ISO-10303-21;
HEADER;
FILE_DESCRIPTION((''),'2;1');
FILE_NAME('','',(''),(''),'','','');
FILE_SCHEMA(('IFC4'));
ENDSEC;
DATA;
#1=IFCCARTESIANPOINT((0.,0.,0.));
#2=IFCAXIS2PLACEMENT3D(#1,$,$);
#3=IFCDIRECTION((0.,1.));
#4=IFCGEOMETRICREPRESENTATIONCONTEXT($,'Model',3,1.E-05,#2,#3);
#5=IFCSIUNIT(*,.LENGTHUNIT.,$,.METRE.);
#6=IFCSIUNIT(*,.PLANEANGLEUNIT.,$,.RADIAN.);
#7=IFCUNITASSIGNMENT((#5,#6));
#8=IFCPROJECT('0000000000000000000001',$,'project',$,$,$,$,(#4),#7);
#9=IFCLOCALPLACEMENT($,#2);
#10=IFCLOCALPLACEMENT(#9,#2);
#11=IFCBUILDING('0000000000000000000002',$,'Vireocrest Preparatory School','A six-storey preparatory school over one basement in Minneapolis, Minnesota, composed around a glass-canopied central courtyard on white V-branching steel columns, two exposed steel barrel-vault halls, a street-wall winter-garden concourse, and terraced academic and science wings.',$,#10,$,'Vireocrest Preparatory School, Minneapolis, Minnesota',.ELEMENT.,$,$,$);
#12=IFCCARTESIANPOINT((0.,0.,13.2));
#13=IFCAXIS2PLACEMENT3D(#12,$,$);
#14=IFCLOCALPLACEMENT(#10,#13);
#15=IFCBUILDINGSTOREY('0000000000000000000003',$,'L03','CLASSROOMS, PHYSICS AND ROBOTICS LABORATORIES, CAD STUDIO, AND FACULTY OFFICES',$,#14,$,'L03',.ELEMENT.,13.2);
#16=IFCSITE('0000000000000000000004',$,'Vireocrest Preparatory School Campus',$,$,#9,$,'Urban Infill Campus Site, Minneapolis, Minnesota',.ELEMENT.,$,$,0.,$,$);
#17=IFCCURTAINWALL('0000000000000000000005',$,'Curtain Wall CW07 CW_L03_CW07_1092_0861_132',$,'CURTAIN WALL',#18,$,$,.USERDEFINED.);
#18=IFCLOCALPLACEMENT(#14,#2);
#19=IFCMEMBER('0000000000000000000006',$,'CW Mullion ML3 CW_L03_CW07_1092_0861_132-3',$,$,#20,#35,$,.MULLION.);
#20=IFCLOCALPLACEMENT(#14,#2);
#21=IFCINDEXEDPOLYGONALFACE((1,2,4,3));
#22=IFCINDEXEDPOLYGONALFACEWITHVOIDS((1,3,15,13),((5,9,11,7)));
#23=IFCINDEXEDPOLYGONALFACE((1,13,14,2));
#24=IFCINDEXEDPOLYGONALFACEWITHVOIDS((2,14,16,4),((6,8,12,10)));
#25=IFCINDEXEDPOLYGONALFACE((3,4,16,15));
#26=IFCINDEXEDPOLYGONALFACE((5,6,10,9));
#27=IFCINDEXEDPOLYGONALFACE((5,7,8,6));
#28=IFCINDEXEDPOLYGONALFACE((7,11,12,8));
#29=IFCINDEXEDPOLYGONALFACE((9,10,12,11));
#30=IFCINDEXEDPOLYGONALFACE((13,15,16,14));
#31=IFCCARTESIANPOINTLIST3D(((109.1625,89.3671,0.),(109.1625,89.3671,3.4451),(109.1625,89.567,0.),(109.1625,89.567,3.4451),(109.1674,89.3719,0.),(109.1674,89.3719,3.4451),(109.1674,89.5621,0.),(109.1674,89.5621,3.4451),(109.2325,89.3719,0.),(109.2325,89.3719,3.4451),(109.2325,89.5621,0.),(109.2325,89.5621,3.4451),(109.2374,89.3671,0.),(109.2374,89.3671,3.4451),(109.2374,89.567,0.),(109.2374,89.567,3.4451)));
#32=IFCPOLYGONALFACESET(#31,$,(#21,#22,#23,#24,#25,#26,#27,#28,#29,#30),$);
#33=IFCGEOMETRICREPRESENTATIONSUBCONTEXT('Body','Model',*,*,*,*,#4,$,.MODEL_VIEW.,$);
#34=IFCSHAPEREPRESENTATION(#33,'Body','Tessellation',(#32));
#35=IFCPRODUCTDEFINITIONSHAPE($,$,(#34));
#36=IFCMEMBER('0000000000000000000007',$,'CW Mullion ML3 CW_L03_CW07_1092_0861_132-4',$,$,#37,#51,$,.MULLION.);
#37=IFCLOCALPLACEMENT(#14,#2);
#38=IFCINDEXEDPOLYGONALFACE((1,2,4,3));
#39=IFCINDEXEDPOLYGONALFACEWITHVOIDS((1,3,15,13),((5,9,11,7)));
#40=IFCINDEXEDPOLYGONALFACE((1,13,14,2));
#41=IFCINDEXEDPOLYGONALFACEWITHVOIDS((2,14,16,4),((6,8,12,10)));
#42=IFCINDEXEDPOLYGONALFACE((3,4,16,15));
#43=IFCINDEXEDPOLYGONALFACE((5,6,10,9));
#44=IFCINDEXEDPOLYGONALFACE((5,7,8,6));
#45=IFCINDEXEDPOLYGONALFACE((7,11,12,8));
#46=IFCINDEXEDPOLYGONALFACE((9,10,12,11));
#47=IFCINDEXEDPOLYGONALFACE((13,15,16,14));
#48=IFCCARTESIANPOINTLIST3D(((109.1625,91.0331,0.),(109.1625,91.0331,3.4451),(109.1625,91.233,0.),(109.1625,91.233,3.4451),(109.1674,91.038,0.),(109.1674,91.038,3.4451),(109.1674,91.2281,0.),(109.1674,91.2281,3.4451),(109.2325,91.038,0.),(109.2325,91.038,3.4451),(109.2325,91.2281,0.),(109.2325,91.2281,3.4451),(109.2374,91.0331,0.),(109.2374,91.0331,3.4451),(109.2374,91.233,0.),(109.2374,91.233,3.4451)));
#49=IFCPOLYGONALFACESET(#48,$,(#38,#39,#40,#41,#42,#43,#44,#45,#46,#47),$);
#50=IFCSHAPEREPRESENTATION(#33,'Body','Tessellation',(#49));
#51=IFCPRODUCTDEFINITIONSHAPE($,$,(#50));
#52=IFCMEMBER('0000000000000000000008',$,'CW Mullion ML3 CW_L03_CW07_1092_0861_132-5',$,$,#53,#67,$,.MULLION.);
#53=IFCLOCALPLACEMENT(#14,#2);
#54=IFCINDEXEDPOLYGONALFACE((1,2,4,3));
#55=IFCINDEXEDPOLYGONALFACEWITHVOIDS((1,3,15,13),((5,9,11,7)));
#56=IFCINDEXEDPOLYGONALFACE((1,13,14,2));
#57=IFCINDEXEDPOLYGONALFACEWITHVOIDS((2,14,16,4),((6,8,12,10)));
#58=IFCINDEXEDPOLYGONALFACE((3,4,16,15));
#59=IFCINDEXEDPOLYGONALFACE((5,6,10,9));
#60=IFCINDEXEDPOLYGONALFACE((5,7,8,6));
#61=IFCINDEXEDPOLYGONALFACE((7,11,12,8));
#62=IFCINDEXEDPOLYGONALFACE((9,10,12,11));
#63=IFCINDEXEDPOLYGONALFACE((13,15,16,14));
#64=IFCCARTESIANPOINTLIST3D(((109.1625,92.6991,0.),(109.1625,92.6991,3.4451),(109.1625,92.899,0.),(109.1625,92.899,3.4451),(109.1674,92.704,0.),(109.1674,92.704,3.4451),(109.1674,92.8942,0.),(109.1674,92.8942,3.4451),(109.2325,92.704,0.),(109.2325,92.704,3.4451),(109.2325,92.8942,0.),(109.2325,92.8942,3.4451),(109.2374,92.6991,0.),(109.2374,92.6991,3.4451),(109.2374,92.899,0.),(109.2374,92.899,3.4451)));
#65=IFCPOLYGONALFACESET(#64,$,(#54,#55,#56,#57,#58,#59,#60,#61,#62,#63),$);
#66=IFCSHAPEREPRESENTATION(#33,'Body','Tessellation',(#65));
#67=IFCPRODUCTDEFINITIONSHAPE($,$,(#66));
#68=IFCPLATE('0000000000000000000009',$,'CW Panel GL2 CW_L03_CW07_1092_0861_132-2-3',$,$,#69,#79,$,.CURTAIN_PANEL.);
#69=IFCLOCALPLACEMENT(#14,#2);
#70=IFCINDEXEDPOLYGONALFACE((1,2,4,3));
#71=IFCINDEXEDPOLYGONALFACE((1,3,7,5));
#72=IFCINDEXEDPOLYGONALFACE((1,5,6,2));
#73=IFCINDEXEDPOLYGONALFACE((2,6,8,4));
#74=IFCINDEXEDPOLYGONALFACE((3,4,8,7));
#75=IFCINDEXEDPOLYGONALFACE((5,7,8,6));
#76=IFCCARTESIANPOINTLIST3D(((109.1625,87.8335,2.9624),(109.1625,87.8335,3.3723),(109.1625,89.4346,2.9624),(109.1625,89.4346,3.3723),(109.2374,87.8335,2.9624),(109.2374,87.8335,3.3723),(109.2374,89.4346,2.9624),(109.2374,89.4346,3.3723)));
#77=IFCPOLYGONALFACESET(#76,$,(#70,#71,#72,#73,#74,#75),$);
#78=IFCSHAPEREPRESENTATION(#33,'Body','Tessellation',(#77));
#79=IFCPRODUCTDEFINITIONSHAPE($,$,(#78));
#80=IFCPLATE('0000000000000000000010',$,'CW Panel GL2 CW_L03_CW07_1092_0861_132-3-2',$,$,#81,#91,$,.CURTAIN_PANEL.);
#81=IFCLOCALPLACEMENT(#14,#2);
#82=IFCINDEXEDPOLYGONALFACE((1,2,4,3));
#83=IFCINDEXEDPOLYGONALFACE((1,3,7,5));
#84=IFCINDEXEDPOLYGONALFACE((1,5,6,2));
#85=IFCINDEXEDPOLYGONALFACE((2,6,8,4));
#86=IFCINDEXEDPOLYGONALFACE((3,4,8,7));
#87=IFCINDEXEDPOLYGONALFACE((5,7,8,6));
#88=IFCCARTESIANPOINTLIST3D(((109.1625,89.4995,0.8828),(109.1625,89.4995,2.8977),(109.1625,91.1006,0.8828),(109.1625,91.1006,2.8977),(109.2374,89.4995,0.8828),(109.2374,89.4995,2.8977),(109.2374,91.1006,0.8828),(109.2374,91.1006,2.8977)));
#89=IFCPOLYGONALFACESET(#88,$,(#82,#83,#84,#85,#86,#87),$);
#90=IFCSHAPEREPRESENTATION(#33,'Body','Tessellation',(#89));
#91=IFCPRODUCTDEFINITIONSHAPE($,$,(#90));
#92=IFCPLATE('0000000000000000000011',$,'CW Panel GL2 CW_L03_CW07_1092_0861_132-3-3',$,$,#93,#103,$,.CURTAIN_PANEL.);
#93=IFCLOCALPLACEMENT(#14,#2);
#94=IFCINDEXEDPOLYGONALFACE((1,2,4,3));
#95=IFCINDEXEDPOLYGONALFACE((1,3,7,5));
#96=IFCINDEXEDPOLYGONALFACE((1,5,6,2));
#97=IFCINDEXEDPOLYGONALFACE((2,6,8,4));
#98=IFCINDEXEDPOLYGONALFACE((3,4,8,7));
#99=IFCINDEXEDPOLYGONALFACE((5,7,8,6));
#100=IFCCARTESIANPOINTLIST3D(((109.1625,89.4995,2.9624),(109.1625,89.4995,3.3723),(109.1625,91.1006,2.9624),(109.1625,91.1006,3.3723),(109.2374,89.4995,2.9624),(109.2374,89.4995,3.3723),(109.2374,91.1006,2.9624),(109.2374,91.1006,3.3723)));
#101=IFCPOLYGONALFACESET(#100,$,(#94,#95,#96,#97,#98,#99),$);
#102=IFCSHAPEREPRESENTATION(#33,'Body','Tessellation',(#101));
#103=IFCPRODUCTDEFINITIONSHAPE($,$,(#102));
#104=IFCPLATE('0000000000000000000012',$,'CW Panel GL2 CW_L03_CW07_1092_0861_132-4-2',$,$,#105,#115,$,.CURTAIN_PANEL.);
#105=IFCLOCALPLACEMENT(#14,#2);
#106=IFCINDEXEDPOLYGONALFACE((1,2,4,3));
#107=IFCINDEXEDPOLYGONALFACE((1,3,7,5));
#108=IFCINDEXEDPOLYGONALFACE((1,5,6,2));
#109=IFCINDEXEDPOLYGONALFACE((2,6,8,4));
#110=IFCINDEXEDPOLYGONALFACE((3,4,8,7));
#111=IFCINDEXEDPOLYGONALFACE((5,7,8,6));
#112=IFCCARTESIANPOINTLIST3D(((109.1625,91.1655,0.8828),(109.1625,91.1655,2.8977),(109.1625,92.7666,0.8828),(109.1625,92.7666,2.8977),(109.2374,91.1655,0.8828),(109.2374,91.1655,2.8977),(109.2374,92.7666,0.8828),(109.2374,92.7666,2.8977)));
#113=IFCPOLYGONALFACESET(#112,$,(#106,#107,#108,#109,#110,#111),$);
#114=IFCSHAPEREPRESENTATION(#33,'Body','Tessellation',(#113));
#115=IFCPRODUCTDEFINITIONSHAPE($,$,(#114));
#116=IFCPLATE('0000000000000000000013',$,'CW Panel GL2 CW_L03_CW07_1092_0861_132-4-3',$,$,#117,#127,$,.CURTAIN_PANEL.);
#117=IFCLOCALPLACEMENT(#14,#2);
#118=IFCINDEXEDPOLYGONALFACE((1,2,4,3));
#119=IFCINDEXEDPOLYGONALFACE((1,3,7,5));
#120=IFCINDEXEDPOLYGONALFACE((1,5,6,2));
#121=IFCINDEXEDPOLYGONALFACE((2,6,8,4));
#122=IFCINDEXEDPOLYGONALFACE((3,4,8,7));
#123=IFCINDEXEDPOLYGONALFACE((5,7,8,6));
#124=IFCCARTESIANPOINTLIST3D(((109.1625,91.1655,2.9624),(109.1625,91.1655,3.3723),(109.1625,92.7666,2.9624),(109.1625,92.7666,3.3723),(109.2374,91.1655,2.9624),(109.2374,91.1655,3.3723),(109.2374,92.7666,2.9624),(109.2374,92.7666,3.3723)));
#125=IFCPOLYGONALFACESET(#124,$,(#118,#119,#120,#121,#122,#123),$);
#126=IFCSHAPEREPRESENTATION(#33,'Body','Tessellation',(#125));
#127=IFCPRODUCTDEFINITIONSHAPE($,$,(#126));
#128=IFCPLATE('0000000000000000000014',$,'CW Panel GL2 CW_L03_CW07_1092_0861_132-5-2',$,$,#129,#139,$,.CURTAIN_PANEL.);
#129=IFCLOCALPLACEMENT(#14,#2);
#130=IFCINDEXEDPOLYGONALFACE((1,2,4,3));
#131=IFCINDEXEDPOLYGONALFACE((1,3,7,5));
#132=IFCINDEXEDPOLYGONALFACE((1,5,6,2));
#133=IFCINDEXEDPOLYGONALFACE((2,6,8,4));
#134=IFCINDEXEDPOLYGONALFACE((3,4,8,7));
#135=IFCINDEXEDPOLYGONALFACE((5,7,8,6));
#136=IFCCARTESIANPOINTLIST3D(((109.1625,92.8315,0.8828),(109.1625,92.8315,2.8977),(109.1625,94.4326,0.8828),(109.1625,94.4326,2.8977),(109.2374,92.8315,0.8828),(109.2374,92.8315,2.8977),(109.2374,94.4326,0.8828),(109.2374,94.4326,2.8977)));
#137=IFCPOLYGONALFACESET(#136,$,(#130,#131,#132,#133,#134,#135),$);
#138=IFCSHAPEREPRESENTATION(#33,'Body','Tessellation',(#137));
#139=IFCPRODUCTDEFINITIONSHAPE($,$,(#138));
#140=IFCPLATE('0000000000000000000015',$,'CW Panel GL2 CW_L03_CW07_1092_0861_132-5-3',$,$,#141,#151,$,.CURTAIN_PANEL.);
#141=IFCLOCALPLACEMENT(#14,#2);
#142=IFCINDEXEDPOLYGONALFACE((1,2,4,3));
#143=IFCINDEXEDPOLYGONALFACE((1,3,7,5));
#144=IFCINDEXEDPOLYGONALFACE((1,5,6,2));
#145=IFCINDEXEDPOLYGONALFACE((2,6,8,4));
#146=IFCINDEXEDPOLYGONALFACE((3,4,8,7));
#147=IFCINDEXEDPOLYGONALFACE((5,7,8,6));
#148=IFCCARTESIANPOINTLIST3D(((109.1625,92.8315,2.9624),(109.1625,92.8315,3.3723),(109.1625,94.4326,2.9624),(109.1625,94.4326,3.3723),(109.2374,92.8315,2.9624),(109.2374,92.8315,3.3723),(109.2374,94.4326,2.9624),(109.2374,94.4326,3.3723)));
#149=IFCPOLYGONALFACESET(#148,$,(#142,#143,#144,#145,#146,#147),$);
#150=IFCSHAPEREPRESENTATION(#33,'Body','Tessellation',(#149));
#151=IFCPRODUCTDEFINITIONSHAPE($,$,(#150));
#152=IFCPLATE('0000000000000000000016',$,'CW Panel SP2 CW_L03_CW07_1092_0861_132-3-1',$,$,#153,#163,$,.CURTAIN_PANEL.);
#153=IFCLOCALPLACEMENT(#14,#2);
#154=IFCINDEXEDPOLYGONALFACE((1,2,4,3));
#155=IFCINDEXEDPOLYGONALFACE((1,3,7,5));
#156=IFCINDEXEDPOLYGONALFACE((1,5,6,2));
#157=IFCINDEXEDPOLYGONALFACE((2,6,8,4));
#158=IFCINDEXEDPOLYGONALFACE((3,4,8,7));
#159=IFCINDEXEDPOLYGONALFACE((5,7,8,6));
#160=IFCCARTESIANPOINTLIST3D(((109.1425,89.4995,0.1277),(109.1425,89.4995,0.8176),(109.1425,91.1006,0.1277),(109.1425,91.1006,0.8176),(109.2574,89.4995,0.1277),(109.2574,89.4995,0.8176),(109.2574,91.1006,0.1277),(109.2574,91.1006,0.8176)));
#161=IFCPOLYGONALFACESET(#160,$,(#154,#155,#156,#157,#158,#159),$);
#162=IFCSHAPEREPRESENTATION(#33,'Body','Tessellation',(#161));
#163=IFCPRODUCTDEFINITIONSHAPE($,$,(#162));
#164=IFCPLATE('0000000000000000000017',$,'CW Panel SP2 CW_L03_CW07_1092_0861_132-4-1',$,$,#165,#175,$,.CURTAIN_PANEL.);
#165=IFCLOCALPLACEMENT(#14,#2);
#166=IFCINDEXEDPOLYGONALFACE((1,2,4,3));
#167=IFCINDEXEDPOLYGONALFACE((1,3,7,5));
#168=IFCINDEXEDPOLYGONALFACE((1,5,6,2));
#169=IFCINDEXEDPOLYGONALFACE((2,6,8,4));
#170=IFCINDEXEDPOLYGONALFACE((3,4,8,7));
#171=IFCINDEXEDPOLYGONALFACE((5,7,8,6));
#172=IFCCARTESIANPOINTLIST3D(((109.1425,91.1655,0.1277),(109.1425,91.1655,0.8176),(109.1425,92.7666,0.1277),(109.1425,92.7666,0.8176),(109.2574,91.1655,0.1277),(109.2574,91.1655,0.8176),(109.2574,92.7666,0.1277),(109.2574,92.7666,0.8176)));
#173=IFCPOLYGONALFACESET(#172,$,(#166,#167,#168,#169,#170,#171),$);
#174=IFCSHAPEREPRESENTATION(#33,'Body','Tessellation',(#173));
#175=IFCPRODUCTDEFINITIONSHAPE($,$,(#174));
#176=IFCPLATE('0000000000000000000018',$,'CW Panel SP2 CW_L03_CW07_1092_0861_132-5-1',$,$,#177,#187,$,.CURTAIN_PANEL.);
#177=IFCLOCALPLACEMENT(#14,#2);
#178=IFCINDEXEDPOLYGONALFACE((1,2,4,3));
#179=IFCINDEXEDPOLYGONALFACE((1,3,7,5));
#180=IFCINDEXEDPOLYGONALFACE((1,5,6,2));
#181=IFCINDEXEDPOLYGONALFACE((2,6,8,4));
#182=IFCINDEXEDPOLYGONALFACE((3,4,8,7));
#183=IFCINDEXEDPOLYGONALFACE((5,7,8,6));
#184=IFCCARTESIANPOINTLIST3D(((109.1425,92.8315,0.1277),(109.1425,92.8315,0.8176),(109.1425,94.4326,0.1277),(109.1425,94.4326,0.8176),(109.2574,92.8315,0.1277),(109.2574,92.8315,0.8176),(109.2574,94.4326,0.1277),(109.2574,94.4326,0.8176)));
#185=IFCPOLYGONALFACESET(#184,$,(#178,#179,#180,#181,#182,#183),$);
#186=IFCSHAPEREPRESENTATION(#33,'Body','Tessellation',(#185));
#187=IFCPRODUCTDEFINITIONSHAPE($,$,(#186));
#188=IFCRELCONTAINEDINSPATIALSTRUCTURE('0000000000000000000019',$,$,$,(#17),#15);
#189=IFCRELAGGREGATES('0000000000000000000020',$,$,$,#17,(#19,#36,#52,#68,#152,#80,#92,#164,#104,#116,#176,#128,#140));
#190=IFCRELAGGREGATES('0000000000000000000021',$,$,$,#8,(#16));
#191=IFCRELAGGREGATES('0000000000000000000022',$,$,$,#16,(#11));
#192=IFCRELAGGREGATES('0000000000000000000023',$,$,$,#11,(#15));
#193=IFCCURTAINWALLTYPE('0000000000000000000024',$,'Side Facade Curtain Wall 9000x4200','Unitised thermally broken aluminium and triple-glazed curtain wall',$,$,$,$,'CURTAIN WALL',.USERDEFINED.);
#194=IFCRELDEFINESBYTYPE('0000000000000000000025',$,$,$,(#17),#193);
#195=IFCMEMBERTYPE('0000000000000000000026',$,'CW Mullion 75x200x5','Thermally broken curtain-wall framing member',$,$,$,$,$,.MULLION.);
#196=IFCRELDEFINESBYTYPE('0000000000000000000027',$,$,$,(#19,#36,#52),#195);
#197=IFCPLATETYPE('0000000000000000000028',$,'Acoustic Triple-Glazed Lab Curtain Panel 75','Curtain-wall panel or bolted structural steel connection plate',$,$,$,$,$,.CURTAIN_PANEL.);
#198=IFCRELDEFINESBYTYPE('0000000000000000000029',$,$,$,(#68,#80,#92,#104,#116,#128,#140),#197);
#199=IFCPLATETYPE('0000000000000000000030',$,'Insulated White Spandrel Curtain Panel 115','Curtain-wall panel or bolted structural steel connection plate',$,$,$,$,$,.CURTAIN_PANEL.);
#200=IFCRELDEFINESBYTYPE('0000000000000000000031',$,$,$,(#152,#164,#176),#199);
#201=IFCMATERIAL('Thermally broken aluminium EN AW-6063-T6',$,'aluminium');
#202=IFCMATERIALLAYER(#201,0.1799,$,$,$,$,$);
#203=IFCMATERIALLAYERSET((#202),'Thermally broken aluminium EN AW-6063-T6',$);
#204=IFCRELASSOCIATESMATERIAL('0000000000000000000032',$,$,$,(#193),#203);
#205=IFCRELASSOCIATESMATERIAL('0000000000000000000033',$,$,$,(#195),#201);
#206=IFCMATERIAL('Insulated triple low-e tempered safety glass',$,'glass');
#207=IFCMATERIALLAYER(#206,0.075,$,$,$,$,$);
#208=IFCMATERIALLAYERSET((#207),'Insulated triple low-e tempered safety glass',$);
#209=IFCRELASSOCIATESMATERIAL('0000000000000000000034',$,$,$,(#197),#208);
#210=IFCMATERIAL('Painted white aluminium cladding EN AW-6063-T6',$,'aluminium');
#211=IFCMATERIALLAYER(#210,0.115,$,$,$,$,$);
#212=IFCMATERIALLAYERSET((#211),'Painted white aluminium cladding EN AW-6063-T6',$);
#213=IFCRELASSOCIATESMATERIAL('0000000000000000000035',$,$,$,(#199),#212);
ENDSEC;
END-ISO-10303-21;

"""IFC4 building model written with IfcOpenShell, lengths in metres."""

from ifc_helpers import new_model, si_unit, direction, frame, origin, origin_2d, place, context, subcontext, project, spatial, rectangle, hollow_rectangle, extrude, material, layer, layer_set, material_profile, profile_set, type_object, element, aggregate, save


model = new_model("IFC4")

# Units and contexts
model_context = context("Model", 3, precision=1e-05, world=origin(), true_north=direction((0.0, 1.0)))
body_context = subcontext(model_context, "Body", "Model", "MODEL_VIEW")
ifc_project = project(units=[si_unit("LENGTHUNIT", "METRE"), si_unit("PLANEANGLEUNIT", "RADIAN")], contexts=[model_context])

# Site, building, storey
site_placement = place(None, origin())
site = spatial("IfcSite", under=ifc_project, at=site_placement, Name="Vireocrest Preparatory School Campus", LongName="Urban Infill Campus Site, Minneapolis, Minnesota", CompositionType="ELEMENT", RefElevation=0.0)
building_placement = place(site_placement, origin())
building = spatial("IfcBuilding", under=site, at=building_placement, Name="Vireocrest Preparatory School", Description="A six-storey preparatory school over one basement in Minneapolis, Minnesota, composed around a glass-canopied central courtyard on white V-branching steel columns, two exposed steel barrel-vault halls, a street-wall winter-garden concourse, and terraced academic and science wings.", LongName="Vireocrest Preparatory School, Minneapolis, Minnesota", CompositionType="ELEMENT")
storey_placement = place(building_placement, frame((0.0, 0.0, 13.2)))
storey = spatial("IfcBuildingStorey", under=building, at=storey_placement, Name="L03", Description="CLASSROOMS, PHYSICS AND ROBOTICS LABORATORIES, CAD STUDIO, AND FACULTY OFFICES", LongName="L03", CompositionType="ELEMENT", Elevation=13.2)

# Curtain wall, members, plates
ifc_material_1 = material(Name="Thermally broken aluminium EN AW-6063-T6", Category="aluminium")
ifc_layer_1 = layer(ifc_material_1, 0.1799)
ifc_layer_set_1 = layer_set([ifc_layer_1], Name="Thermally broken aluminium EN AW-6063-T6")
curtain_wall_type = type_object("IfcCurtainWallType", Name="Side Facade Curtain Wall 9000x4200", Description="Unitised thermally broken aluminium and triple-glazed curtain wall", ElementType="CURTAIN WALL", PredefinedType="USERDEFINED", material=ifc_layer_set_1)
curtain_wall_placement = place(storey_placement, origin())
curtain_wall = element("IfcCurtainWall", 1, at=curtain_wall_placement, inside=storey, type_object=curtain_wall_type, Name="Curtain Wall CW07 CW_L03_CW07_1092_0861_132", ObjectType="CURTAIN WALL", PredefinedType="USERDEFINED")
ifc_material_profile_1 = material_profile(ifc_material_1, hollow_rectangle(XDim=0.075, YDim=0.2, WallThickness=0.0049, at=origin_2d()), Name="ALU 75x200x5")
ifc_profile_set_1 = profile_set([ifc_material_profile_1], Name="Thermally broken aluminium EN AW-6063-T6")
member_type = type_object("IfcMemberType", Name="CW Mullion 75x200x5", Description="Thermally broken curtain-wall framing member", PredefinedType="MULLION", material=ifc_profile_set_1)
member_1_placement = place(storey_placement, frame((109.2, 89.467, 0.0), z_axis=(0.0, 0.0, 1.0), x_axis=(1.0, 0.0, 0.0)))
member_1 = element("IfcMember", 2, at=member_1_placement, type_object=member_type, Name="CW Mullion ML3 CW_L03_CW07_1092_0861_132-3", PredefinedType="MULLION", context=body_context, shape_type="SweptSolid", body=[
    extrude(hollow_rectangle(XDim=0.075, YDim=0.2, WallThickness=0.0049, at=origin_2d()), origin(), (0.0, 0.0, 1.0), 3.4451),
])
member_2_placement = place(storey_placement, frame((109.2, 91.1331, 0.0), z_axis=(0.0, 0.0, 1.0), x_axis=(1.0, 0.0, 0.0)))
member_2 = element("IfcMember", 3, at=member_2_placement, type_object=member_type, Name="CW Mullion ML3 CW_L03_CW07_1092_0861_132-4", PredefinedType="MULLION", context=body_context, shape_type="SweptSolid", body=[
    extrude(hollow_rectangle(XDim=0.075, YDim=0.2, WallThickness=0.0049, at=origin_2d()), origin(), (0.0, 0.0, 1.0), 3.4451),
])
member_3_placement = place(storey_placement, frame((109.2, 92.7991, 0.0), z_axis=(0.0, 0.0, 1.0), x_axis=(1.0, 0.0, 0.0)))
member_3 = element("IfcMember", 4, at=member_3_placement, type_object=member_type, Name="CW Mullion ML3 CW_L03_CW07_1092_0861_132-5", PredefinedType="MULLION", context=body_context, shape_type="SweptSolid", body=[
    extrude(hollow_rectangle(XDim=0.075, YDim=0.2, WallThickness=0.0049, at=origin_2d()), origin(), (0.0, 0.0, 1.0), 3.4451),
])
ifc_material_2 = material(Name="Insulated triple low-e tempered safety glass", Category="glass")
ifc_layer_2 = layer(ifc_material_2, 0.075)
ifc_layer_set_2 = layer_set([ifc_layer_2], Name="Insulated triple low-e tempered safety glass")
plate_type_1 = type_object("IfcPlateType", Name="Acoustic Triple-Glazed Lab Curtain Panel 75", Description="Curtain-wall panel or bolted structural steel connection plate", PredefinedType="CURTAIN_PANEL", material=ifc_layer_set_2)
plate_1_placement = place(storey_placement, frame((109.2, 88.634, 2.9624), z_axis=(0.0, 0.0, 1.0), x_axis=(0.0, 1.0, 0.0)))
plate_1 = element("IfcPlate", 5, at=plate_1_placement, type_object=plate_type_1, Name="CW Panel GL2 CW_L03_CW07_1092_0861_132-2-3", PredefinedType="CURTAIN_PANEL", context=body_context, shape_type="SweptSolid", body=[
    extrude(rectangle(XDim=1.6011, YDim=0.075, at=origin_2d()), origin(), (0.0, 0.0, 1.0), 0.4099),
])
plate_2_placement = place(storey_placement, frame((109.2, 90.3, 0.8828), z_axis=(0.0, 0.0, 1.0), x_axis=(0.0, 1.0, 0.0)))
plate_2 = element("IfcPlate", 6, at=plate_2_placement, type_object=plate_type_1, Name="CW Panel GL2 CW_L03_CW07_1092_0861_132-3-2", PredefinedType="CURTAIN_PANEL", context=body_context, shape_type="SweptSolid", body=[
    extrude(rectangle(XDim=1.6011, YDim=0.075, at=origin_2d()), origin(), (0.0, 0.0, 1.0), 2.0149),
])
plate_3_placement = place(storey_placement, frame((109.2, 90.3, 2.9624), z_axis=(0.0, 0.0, 1.0), x_axis=(0.0, 1.0, 0.0)))
plate_3 = element("IfcPlate", 7, at=plate_3_placement, type_object=plate_type_1, Name="CW Panel GL2 CW_L03_CW07_1092_0861_132-3-3", PredefinedType="CURTAIN_PANEL", context=body_context, shape_type="SweptSolid", body=[
    extrude(rectangle(XDim=1.6011, YDim=0.075, at=origin_2d()), origin(), (0.0, 0.0, 1.0), 0.4099),
])
plate_4_placement = place(storey_placement, frame((109.2, 91.9661, 0.8828), z_axis=(0.0, 0.0, 1.0), x_axis=(0.0, 1.0, 0.0)))
plate_4 = element("IfcPlate", 8, at=plate_4_placement, type_object=plate_type_1, Name="CW Panel GL2 CW_L03_CW07_1092_0861_132-4-2", PredefinedType="CURTAIN_PANEL", context=body_context, shape_type="SweptSolid", body=[
    extrude(rectangle(XDim=1.6011, YDim=0.075, at=origin_2d()), origin(), (0.0, 0.0, 1.0), 2.0149),
])
plate_5_placement = place(storey_placement, frame((109.2, 91.9661, 2.9624), z_axis=(0.0, 0.0, 1.0), x_axis=(0.0, 1.0, 0.0)))
plate_5 = element("IfcPlate", 9, at=plate_5_placement, type_object=plate_type_1, Name="CW Panel GL2 CW_L03_CW07_1092_0861_132-4-3", PredefinedType="CURTAIN_PANEL", context=body_context, shape_type="SweptSolid", body=[
    extrude(rectangle(XDim=1.6011, YDim=0.075, at=origin_2d()), origin(), (0.0, 0.0, 1.0), 0.4099),
])
plate_6_placement = place(storey_placement, frame((109.2, 93.6321, 0.8828), z_axis=(0.0, 0.0, 1.0), x_axis=(0.0, 1.0, 0.0)))
plate_6 = element("IfcPlate", 10, at=plate_6_placement, type_object=plate_type_1, Name="CW Panel GL2 CW_L03_CW07_1092_0861_132-5-2", PredefinedType="CURTAIN_PANEL", context=body_context, shape_type="SweptSolid", body=[
    extrude(rectangle(XDim=1.6011, YDim=0.075, at=origin_2d()), origin(), (0.0, 0.0, 1.0), 2.0149),
])
plate_7_placement = place(storey_placement, frame((109.2, 93.6321, 2.9624), z_axis=(0.0, 0.0, 1.0), x_axis=(0.0, 1.0, 0.0)))
plate_7 = element("IfcPlate", 11, at=plate_7_placement, type_object=plate_type_1, Name="CW Panel GL2 CW_L03_CW07_1092_0861_132-5-3", PredefinedType="CURTAIN_PANEL", context=body_context, shape_type="SweptSolid", body=[
    extrude(rectangle(XDim=1.6011, YDim=0.075, at=origin_2d()), origin(), (0.0, 0.0, 1.0), 0.4099),
])
ifc_material_3 = material(Name="Painted white aluminium cladding EN AW-6063-T6", Category="aluminium")
ifc_layer_3 = layer(ifc_material_3, 0.115)
ifc_layer_set_3 = layer_set([ifc_layer_3], Name="Painted white aluminium cladding EN AW-6063-T6")
plate_type_2 = type_object("IfcPlateType", Name="Insulated White Spandrel Curtain Panel 115", Description="Curtain-wall panel or bolted structural steel connection plate", PredefinedType="CURTAIN_PANEL", material=ifc_layer_set_3)
plate_8_placement = place(storey_placement, frame((109.2, 90.3, 0.1277), z_axis=(0.0, 0.0, 1.0), x_axis=(0.0, 1.0, 0.0)))
plate_8 = element("IfcPlate", 12, at=plate_8_placement, type_object=plate_type_2, Name="CW Panel SP2 CW_L03_CW07_1092_0861_132-3-1", PredefinedType="CURTAIN_PANEL", context=body_context, shape_type="SweptSolid", body=[
    extrude(rectangle(XDim=1.6011, YDim=0.115, at=origin_2d()), origin(), (0.0, 0.0, 1.0), 0.6899),
])
plate_9_placement = place(storey_placement, frame((109.2, 91.9661, 0.1277), z_axis=(0.0, 0.0, 1.0), x_axis=(0.0, 1.0, 0.0)))
plate_9 = element("IfcPlate", 13, at=plate_9_placement, type_object=plate_type_2, Name="CW Panel SP2 CW_L03_CW07_1092_0861_132-4-1", PredefinedType="CURTAIN_PANEL", context=body_context, shape_type="SweptSolid", body=[
    extrude(rectangle(XDim=1.6011, YDim=0.115, at=origin_2d()), origin(), (0.0, 0.0, 1.0), 0.6899),
])
plate_10_placement = place(storey_placement, frame((109.2, 93.6321, 0.1277), z_axis=(0.0, 0.0, 1.0), x_axis=(0.0, 1.0, 0.0)))
plate_10 = element("IfcPlate", 14, at=plate_10_placement, type_object=plate_type_2, Name="CW Panel SP2 CW_L03_CW07_1092_0861_132-5-1", PredefinedType="CURTAIN_PANEL", context=body_context, shape_type="SweptSolid", body=[
    extrude(rectangle(XDim=1.6011, YDim=0.115, at=origin_2d()), origin(), (0.0, 0.0, 1.0), 0.6899),
])
aggregate(curtain_wall, [member_1, member_2, member_3, plate_1, plate_8, plate_2, plate_3, plate_9, plate_4, plate_5, plate_10, plate_6, plate_7])

save(model, "model.ifc")
